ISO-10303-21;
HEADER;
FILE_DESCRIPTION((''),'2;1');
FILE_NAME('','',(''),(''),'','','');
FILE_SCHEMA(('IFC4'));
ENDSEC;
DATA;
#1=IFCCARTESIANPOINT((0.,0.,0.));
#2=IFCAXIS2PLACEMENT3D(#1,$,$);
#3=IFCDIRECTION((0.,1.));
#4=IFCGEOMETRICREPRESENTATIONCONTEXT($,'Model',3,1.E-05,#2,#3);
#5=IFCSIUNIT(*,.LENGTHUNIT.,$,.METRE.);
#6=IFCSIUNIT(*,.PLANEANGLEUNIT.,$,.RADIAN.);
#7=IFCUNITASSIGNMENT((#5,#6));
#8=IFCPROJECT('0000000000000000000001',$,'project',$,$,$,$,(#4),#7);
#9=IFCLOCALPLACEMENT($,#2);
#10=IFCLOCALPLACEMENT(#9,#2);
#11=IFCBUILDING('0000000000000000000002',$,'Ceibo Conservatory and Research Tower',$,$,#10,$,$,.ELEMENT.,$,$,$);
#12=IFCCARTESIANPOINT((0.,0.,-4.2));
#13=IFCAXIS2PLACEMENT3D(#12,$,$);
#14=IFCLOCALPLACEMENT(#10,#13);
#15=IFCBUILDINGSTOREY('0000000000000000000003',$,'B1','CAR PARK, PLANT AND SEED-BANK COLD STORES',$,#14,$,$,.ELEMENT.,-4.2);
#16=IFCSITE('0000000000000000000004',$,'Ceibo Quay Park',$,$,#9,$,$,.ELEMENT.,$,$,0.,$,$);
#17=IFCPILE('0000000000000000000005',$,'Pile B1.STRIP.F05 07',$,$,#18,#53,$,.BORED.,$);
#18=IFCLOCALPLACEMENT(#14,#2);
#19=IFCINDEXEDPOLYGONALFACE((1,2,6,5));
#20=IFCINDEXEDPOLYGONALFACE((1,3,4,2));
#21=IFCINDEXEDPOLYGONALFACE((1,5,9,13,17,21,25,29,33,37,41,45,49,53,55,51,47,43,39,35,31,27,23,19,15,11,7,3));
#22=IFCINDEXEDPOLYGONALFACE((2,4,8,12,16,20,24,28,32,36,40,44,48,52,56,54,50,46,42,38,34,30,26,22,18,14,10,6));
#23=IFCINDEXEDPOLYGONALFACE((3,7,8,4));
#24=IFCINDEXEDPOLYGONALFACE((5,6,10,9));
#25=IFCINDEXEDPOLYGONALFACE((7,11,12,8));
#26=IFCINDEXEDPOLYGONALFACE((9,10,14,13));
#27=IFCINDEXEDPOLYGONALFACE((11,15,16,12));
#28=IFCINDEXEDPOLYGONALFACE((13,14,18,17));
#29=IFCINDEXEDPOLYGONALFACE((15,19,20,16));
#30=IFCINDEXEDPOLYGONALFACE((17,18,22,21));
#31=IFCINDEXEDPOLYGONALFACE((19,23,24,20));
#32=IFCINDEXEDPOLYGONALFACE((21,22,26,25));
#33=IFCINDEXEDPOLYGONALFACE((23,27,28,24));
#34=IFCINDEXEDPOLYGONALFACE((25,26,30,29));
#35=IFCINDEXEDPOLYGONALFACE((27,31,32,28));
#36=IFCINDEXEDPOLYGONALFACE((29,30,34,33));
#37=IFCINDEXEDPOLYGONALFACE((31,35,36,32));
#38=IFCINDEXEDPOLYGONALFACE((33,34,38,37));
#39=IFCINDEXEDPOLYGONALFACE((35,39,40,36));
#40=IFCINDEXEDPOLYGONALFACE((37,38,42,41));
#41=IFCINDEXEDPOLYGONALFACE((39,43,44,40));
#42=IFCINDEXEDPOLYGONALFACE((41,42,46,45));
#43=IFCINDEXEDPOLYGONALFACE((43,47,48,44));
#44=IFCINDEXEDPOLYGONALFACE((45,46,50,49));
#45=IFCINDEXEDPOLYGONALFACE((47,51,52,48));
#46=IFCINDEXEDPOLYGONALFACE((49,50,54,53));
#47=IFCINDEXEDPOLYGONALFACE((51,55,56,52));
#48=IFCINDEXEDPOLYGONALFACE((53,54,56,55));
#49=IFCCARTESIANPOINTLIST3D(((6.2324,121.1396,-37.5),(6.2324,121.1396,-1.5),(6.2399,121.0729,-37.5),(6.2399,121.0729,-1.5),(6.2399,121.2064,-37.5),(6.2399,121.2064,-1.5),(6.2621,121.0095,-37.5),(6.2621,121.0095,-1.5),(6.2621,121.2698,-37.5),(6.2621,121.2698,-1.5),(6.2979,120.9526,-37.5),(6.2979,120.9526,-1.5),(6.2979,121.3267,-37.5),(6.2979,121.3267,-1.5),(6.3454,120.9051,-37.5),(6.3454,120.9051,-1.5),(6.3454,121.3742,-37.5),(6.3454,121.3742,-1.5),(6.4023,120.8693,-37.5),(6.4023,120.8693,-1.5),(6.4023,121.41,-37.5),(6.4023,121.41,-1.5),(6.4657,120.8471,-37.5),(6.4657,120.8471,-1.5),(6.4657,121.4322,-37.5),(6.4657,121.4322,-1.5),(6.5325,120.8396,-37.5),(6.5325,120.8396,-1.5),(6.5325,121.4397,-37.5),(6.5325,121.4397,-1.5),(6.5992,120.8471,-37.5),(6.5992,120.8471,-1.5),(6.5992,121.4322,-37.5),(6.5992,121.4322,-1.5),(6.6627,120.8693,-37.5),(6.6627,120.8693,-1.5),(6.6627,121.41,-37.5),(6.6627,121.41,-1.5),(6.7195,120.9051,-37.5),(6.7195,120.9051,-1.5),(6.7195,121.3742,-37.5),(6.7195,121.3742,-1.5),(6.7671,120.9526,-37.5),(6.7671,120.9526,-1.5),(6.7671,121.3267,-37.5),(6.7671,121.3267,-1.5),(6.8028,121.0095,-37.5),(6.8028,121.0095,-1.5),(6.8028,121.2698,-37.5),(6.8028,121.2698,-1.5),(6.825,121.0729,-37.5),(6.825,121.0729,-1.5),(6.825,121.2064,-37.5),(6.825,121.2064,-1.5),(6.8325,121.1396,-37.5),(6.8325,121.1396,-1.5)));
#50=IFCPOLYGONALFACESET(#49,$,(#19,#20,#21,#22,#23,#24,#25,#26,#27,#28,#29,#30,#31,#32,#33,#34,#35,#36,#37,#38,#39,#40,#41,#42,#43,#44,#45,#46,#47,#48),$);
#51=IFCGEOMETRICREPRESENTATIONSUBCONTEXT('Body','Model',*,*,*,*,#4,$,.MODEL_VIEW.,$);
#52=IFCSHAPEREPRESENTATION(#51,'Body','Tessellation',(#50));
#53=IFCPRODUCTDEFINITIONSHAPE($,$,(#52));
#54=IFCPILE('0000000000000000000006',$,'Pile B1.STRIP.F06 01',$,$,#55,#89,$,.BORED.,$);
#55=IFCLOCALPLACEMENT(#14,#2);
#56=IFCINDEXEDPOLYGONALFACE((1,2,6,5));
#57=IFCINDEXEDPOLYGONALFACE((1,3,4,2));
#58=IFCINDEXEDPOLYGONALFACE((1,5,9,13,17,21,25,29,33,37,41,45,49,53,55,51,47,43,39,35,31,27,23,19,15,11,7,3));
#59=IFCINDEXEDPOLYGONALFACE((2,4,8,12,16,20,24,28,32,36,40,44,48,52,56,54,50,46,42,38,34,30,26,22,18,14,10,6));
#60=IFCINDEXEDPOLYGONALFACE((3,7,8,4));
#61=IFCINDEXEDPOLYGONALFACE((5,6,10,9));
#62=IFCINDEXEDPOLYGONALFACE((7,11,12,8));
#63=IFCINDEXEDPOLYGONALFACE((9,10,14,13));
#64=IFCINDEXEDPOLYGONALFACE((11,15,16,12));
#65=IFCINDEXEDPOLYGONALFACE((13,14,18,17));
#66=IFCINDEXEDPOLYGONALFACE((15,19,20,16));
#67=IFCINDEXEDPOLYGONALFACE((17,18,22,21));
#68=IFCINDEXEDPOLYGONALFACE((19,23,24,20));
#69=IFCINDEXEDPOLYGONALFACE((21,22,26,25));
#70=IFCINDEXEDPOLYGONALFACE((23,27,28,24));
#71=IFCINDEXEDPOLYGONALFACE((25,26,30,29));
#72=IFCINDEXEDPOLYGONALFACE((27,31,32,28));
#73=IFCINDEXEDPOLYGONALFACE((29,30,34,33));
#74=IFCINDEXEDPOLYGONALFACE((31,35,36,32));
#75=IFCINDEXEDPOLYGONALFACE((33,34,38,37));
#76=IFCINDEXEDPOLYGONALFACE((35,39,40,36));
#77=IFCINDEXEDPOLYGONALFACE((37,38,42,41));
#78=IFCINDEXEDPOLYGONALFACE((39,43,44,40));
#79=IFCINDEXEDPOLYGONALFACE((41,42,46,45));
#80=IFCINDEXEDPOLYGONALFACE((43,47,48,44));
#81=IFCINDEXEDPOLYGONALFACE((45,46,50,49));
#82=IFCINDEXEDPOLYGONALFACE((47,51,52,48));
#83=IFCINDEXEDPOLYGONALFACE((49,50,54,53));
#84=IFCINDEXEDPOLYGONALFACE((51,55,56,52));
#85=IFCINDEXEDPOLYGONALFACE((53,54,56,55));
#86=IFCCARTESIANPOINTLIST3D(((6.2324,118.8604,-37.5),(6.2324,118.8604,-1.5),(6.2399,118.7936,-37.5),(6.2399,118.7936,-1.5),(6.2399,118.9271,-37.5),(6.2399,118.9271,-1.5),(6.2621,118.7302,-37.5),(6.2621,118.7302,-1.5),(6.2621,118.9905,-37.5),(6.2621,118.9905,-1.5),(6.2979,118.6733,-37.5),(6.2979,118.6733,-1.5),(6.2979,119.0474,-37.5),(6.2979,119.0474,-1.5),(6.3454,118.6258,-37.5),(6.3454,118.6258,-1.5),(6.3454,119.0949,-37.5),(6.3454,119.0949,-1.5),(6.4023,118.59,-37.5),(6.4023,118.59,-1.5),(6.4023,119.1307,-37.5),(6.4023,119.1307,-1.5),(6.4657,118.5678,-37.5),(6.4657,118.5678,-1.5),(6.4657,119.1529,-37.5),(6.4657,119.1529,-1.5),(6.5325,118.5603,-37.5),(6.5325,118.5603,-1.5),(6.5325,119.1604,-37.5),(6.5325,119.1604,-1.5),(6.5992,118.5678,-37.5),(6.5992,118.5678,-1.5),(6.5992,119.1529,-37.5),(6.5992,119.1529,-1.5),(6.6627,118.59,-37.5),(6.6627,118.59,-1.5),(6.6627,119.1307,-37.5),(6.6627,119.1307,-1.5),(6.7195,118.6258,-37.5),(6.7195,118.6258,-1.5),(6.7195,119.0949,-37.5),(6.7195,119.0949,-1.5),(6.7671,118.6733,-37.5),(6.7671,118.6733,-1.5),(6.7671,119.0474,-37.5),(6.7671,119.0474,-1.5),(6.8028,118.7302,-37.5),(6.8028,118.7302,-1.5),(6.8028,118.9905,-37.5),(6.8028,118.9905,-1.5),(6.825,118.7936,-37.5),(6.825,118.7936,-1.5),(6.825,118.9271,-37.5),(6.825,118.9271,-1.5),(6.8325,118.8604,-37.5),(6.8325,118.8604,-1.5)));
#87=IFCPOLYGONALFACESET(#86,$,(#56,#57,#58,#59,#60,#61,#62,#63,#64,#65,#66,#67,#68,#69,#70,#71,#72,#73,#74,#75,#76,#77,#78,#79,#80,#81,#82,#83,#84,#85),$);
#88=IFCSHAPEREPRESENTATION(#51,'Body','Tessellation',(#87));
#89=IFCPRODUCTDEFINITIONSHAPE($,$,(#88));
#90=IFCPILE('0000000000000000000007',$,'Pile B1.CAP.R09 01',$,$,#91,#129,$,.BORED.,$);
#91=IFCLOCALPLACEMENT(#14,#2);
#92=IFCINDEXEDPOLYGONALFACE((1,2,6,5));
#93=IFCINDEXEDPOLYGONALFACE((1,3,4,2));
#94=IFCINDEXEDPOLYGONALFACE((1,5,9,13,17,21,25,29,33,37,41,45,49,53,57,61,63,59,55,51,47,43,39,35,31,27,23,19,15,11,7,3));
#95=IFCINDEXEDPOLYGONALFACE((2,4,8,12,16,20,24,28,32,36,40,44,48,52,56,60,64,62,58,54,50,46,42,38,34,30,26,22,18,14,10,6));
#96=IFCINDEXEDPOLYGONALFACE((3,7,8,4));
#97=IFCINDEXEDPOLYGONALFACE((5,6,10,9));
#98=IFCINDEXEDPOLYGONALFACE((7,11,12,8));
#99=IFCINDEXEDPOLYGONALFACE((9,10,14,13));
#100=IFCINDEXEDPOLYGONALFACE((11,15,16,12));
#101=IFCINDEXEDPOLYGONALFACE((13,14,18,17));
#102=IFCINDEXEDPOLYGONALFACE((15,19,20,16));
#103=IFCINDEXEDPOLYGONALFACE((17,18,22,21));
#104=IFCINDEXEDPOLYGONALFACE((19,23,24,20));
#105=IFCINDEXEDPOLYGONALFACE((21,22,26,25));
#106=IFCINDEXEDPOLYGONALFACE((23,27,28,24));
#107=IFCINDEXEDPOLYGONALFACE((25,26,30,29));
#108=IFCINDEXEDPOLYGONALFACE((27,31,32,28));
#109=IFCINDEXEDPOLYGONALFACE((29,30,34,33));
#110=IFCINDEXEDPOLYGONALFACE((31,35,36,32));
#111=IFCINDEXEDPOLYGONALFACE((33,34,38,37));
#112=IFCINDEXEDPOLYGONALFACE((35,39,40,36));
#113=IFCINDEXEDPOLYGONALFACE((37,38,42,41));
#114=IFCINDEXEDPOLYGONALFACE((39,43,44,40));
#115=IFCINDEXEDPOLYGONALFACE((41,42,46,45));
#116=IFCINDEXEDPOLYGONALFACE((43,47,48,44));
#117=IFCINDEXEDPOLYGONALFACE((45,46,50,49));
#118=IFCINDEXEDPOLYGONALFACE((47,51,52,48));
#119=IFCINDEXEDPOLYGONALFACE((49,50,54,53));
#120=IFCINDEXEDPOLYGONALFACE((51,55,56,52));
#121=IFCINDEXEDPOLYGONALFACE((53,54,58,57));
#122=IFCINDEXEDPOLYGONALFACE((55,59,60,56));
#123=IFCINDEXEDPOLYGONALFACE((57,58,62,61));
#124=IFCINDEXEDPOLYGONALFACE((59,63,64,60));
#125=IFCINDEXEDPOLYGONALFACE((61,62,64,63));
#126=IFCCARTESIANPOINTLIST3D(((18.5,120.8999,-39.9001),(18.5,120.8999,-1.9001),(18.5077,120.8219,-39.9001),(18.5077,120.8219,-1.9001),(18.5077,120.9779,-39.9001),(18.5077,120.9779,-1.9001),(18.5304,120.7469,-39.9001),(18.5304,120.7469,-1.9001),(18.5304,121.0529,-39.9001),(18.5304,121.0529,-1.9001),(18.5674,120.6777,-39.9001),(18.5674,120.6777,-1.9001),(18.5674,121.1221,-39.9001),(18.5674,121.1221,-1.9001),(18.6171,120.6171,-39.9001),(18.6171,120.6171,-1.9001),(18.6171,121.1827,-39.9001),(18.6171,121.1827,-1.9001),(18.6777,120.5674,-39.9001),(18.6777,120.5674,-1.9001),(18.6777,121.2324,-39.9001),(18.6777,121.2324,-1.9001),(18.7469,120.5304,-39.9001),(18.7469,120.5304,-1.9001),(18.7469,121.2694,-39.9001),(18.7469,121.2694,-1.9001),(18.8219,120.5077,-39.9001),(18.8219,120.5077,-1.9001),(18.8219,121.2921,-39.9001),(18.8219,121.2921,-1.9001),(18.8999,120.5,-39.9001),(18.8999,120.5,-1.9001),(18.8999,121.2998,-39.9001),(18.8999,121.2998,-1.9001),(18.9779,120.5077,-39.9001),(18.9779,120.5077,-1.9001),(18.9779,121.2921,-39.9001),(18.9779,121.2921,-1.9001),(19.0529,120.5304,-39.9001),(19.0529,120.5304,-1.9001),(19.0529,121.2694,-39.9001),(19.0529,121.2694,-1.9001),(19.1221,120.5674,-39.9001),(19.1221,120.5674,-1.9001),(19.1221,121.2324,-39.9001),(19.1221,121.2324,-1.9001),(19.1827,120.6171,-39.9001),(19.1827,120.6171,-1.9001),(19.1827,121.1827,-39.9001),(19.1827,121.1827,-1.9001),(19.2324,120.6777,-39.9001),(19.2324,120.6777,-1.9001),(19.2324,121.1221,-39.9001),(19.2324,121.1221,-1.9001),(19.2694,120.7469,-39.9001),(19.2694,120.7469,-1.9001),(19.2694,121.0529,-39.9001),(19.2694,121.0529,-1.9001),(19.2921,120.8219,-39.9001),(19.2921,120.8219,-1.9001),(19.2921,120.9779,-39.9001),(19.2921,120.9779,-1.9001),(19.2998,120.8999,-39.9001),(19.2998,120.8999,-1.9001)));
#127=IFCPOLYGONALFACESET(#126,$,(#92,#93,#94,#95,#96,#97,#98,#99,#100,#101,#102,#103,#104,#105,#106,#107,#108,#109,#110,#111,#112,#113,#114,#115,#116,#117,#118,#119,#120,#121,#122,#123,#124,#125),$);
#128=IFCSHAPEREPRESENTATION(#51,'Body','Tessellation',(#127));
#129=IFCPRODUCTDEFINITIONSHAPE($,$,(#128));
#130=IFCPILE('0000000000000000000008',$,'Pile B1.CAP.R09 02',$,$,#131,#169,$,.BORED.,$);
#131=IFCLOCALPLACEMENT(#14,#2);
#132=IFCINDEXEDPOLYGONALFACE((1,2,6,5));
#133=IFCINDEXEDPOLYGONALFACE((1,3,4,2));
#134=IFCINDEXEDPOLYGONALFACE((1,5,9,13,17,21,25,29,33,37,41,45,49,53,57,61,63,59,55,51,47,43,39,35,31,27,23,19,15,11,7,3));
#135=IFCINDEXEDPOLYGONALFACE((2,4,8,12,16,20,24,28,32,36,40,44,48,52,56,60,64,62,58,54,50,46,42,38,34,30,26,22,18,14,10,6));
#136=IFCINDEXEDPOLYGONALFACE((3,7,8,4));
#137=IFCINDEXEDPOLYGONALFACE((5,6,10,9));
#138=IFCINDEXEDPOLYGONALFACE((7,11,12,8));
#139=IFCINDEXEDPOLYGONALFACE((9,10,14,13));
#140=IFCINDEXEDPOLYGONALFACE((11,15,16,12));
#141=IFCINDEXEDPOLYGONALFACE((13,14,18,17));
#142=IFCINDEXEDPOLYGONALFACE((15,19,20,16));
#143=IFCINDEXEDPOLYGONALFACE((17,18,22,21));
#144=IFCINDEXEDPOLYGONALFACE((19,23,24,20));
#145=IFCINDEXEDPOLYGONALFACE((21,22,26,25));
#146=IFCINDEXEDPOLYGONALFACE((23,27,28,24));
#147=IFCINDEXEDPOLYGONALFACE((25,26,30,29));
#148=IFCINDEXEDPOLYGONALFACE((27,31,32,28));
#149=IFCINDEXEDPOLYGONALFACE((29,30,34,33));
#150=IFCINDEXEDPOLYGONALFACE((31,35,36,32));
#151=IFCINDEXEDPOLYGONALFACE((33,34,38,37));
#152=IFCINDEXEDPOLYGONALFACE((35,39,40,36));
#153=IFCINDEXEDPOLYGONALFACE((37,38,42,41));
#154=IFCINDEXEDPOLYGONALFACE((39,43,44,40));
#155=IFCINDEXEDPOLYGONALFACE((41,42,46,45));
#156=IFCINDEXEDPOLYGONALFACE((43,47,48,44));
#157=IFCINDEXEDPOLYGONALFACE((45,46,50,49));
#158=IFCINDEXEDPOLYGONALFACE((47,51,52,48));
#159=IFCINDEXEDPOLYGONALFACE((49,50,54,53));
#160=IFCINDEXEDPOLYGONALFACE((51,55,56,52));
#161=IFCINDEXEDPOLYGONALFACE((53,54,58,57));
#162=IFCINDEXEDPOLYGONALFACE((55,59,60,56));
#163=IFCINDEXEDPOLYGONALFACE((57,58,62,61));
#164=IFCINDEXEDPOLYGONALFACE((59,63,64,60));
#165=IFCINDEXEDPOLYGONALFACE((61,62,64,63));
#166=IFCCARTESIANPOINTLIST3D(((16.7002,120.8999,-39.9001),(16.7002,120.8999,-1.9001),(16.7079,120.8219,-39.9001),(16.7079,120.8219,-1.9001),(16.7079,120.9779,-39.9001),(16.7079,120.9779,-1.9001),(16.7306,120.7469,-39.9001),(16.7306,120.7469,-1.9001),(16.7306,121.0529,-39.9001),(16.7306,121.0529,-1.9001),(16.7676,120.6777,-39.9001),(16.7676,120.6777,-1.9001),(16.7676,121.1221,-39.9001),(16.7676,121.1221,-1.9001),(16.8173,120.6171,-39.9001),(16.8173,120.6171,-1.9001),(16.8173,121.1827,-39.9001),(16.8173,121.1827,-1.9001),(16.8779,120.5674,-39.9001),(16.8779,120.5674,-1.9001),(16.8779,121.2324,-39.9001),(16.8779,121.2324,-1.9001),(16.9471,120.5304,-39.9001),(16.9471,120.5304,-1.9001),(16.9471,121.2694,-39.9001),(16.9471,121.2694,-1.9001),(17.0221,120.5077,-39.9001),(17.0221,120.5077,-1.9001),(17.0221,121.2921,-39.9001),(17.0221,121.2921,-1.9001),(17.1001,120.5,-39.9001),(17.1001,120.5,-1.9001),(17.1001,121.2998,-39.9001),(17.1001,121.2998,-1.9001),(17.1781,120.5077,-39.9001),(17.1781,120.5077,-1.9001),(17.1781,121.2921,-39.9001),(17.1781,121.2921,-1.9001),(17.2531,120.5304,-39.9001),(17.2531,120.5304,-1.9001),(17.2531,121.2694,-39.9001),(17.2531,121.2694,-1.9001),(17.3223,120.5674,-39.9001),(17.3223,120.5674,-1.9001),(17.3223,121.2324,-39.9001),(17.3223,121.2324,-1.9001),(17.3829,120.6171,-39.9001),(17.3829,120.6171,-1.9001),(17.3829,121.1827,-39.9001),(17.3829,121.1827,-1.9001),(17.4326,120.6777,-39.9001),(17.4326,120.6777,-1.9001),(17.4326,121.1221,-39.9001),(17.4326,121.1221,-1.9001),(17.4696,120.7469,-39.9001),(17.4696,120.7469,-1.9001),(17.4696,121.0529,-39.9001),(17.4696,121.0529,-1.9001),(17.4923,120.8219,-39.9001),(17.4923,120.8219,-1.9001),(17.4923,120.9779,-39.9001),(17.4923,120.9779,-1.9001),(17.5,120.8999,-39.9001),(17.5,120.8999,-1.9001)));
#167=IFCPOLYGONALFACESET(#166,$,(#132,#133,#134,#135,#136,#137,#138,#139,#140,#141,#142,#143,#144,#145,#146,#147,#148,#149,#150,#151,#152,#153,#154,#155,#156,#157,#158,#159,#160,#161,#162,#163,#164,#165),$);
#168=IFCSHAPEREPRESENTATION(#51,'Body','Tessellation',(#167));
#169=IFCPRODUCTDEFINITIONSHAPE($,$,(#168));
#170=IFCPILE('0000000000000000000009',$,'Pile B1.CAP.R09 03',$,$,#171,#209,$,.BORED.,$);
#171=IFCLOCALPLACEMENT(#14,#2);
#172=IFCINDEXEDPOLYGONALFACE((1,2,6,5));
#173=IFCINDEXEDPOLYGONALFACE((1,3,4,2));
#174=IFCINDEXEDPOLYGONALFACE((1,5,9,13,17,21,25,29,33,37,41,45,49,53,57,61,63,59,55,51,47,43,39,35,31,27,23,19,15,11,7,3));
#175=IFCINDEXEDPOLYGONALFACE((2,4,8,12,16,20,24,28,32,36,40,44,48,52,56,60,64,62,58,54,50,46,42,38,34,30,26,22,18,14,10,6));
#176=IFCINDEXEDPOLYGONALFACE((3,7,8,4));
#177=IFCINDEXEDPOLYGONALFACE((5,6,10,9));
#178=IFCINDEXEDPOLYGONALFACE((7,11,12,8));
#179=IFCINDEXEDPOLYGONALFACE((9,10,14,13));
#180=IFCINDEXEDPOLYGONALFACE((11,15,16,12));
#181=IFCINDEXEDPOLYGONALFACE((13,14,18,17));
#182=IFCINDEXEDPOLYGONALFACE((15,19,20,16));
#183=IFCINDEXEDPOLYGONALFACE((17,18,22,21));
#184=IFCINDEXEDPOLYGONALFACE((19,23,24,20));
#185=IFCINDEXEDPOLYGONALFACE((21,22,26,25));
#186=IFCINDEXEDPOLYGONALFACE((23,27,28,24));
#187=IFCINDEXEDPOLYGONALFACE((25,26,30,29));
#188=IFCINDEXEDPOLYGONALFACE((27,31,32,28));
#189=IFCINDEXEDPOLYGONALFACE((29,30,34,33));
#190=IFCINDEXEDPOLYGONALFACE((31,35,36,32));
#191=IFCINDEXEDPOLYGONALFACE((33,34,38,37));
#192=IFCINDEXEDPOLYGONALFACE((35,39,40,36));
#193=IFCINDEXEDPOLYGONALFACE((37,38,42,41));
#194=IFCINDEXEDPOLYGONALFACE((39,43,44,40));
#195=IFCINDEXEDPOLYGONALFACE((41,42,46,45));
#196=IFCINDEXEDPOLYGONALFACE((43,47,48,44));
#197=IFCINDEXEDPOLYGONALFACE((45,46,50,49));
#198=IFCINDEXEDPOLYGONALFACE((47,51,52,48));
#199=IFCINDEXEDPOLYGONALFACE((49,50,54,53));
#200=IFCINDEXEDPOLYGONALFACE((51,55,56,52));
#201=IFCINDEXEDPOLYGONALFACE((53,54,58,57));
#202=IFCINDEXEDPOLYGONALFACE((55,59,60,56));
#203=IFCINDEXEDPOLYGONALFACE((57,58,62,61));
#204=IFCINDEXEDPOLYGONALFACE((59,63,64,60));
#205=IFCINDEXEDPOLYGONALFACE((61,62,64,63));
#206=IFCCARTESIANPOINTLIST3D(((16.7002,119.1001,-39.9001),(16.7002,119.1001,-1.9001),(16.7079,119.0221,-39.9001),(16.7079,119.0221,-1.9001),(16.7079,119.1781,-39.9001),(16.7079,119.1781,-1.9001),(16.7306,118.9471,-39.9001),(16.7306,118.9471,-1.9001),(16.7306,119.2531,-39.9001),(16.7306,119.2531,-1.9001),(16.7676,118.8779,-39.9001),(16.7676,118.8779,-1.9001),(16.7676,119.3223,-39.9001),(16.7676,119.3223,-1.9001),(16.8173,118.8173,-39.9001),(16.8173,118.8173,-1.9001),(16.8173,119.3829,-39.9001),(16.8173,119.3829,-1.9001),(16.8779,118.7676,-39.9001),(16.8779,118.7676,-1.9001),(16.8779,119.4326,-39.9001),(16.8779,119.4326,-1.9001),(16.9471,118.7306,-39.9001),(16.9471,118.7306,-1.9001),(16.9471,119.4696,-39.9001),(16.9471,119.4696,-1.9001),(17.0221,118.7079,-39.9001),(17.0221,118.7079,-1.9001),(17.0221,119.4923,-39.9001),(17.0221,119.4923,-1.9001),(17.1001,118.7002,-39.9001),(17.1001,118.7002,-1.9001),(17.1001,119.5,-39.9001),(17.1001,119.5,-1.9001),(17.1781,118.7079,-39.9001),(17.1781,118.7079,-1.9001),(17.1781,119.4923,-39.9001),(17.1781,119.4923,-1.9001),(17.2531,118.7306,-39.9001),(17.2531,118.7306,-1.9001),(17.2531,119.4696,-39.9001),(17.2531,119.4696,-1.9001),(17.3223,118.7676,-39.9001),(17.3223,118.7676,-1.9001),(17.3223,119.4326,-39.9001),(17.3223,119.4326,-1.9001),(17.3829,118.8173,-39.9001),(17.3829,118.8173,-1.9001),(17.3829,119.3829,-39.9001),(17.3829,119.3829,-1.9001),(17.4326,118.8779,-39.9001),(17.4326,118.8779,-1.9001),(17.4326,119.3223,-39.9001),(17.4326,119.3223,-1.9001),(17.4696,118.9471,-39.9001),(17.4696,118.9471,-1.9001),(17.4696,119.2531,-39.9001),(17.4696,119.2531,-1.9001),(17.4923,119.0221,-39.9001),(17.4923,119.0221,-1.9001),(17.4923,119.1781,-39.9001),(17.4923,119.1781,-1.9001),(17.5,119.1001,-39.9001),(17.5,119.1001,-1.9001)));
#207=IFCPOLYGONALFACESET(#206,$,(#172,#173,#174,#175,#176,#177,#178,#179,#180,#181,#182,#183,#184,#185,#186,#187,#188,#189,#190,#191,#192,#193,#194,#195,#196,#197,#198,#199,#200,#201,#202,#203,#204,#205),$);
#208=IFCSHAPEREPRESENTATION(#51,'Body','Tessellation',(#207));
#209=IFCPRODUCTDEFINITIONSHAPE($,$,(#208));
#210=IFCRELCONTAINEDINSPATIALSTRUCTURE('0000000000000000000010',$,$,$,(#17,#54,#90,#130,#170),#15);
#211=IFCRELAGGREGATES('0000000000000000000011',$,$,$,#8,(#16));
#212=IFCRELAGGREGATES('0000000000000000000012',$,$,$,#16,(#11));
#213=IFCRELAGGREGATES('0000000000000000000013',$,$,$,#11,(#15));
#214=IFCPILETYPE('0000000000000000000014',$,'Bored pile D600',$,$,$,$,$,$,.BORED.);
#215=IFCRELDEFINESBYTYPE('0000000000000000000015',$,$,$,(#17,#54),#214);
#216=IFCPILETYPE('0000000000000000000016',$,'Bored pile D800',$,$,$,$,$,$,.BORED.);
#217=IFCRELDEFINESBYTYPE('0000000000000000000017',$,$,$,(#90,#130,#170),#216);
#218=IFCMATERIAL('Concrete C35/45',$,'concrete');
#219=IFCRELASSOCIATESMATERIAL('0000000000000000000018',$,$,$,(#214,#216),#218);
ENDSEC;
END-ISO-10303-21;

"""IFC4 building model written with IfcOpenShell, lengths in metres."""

from ifc_helpers import new_model, si_unit, direction, frame, origin, origin_2d, place, context, subcontext, project, spatial, circle, extrude, material, material_profile, profile_set, type_object, element, save


model = new_model("IFC4")

# Units and contexts
model_context = context("Model", 3, precision=1e-05, world=origin(), true_north=direction((0.0, 1.0)))
body_context = subcontext(model_context, "Body", "Model", "MODEL_VIEW")
ifc_project = project(units=[si_unit("LENGTHUNIT", "METRE"), si_unit("PLANEANGLEUNIT", "RADIAN")], contexts=[model_context])

# Site, building, storey
site_placement = place(None, origin())
site = spatial("IfcSite", under=ifc_project, at=site_placement, Name="Ceibo Quay Park", CompositionType="ELEMENT", RefElevation=0.0)
building_placement = place(site_placement, origin())
building = spatial("IfcBuilding", under=site, at=building_placement, Name="Ceibo Conservatory and Research Tower", CompositionType="ELEMENT")
storey_placement = place(building_placement, frame((0.0, 0.0, -4.2)))
storey = spatial("IfcBuildingStorey", under=building, at=storey_placement, Name="B1", Description="CAR PARK, PLANT AND SEED-BANK COLD STORES", CompositionType="ELEMENT", Elevation=-4.2)

# Piles
ifc_material_1 = material(Name="Concrete C35/45", Category="concrete")
ifc_material_profile_1 = material_profile(ifc_material_1, circle(Radius=0.3, at=origin_2d()), Name="RC D600")
ifc_profile_set_1 = profile_set([ifc_material_profile_1], Name="Concrete C35/45")
pile_type_1 = type_object("IfcPileType", Name="Bored pile D600", PredefinedType="BORED", material=ifc_profile_set_1)
for number, where, z_axis, x_axis, name in (
    (1, (6.5325, 121.1396, -1.5), (0.0, 0.0, -1.0), (1.0, 0.0, 0.0), "Pile B1.STRIP.F05 07"),
    (2, (6.5325, 118.8604, -1.5), (0.0, 0.0, -1.0), (1.0, 0.0, 0.0), "Pile B1.STRIP.F06 01"),
):
    element("IfcPile", number, at=place(storey_placement, frame(where, z_axis=z_axis, x_axis=x_axis)), inside=storey, type_object=pile_type_1, Name=name, PredefinedType="BORED", context=body_context, shape_type="SweptSolid", body=[
        extrude(circle(Radius=0.3, at=origin_2d()), origin(), (0.0, 0.0, 1.0), 36.0),
    ])
ifc_material_profile_2 = material_profile(ifc_material_1, circle(Radius=0.3999, at=origin_2d()), Name="RC D800")
ifc_profile_set_2 = profile_set([ifc_material_profile_2], Name="Concrete C35/45")
pile_type_2 = type_object("IfcPileType", Name="Bored pile D800", PredefinedType="BORED", material=ifc_profile_set_2)
for number, where, z_axis, x_axis, name in (
    (3, (18.8999, 120.8999, -1.9001), (0.0, 0.0, -1.0), (1.0, 0.0, 0.0), "Pile B1.CAP.R09 01"),
    (4, (17.1001, 120.8999, -1.9001), (0.0, 0.0, -1.0), (1.0, 0.0, 0.0), "Pile B1.CAP.R09 02"),
    (5, (17.1001, 119.1001, -1.9001), (0.0, 0.0, -1.0), (1.0, 0.0, 0.0), "Pile B1.CAP.R09 03"),
):
    element("IfcPile", number, at=place(storey_placement, frame(where, z_axis=z_axis, x_axis=x_axis)), inside=storey, type_object=pile_type_2, Name=name, PredefinedType="BORED", context=body_context, shape_type="SweptSolid", body=[
        extrude(circle(Radius=0.3999, at=origin_2d()), origin(), (0.0, 0.0, 1.0), 38.0),
    ])

save(model, "model.ifc")
